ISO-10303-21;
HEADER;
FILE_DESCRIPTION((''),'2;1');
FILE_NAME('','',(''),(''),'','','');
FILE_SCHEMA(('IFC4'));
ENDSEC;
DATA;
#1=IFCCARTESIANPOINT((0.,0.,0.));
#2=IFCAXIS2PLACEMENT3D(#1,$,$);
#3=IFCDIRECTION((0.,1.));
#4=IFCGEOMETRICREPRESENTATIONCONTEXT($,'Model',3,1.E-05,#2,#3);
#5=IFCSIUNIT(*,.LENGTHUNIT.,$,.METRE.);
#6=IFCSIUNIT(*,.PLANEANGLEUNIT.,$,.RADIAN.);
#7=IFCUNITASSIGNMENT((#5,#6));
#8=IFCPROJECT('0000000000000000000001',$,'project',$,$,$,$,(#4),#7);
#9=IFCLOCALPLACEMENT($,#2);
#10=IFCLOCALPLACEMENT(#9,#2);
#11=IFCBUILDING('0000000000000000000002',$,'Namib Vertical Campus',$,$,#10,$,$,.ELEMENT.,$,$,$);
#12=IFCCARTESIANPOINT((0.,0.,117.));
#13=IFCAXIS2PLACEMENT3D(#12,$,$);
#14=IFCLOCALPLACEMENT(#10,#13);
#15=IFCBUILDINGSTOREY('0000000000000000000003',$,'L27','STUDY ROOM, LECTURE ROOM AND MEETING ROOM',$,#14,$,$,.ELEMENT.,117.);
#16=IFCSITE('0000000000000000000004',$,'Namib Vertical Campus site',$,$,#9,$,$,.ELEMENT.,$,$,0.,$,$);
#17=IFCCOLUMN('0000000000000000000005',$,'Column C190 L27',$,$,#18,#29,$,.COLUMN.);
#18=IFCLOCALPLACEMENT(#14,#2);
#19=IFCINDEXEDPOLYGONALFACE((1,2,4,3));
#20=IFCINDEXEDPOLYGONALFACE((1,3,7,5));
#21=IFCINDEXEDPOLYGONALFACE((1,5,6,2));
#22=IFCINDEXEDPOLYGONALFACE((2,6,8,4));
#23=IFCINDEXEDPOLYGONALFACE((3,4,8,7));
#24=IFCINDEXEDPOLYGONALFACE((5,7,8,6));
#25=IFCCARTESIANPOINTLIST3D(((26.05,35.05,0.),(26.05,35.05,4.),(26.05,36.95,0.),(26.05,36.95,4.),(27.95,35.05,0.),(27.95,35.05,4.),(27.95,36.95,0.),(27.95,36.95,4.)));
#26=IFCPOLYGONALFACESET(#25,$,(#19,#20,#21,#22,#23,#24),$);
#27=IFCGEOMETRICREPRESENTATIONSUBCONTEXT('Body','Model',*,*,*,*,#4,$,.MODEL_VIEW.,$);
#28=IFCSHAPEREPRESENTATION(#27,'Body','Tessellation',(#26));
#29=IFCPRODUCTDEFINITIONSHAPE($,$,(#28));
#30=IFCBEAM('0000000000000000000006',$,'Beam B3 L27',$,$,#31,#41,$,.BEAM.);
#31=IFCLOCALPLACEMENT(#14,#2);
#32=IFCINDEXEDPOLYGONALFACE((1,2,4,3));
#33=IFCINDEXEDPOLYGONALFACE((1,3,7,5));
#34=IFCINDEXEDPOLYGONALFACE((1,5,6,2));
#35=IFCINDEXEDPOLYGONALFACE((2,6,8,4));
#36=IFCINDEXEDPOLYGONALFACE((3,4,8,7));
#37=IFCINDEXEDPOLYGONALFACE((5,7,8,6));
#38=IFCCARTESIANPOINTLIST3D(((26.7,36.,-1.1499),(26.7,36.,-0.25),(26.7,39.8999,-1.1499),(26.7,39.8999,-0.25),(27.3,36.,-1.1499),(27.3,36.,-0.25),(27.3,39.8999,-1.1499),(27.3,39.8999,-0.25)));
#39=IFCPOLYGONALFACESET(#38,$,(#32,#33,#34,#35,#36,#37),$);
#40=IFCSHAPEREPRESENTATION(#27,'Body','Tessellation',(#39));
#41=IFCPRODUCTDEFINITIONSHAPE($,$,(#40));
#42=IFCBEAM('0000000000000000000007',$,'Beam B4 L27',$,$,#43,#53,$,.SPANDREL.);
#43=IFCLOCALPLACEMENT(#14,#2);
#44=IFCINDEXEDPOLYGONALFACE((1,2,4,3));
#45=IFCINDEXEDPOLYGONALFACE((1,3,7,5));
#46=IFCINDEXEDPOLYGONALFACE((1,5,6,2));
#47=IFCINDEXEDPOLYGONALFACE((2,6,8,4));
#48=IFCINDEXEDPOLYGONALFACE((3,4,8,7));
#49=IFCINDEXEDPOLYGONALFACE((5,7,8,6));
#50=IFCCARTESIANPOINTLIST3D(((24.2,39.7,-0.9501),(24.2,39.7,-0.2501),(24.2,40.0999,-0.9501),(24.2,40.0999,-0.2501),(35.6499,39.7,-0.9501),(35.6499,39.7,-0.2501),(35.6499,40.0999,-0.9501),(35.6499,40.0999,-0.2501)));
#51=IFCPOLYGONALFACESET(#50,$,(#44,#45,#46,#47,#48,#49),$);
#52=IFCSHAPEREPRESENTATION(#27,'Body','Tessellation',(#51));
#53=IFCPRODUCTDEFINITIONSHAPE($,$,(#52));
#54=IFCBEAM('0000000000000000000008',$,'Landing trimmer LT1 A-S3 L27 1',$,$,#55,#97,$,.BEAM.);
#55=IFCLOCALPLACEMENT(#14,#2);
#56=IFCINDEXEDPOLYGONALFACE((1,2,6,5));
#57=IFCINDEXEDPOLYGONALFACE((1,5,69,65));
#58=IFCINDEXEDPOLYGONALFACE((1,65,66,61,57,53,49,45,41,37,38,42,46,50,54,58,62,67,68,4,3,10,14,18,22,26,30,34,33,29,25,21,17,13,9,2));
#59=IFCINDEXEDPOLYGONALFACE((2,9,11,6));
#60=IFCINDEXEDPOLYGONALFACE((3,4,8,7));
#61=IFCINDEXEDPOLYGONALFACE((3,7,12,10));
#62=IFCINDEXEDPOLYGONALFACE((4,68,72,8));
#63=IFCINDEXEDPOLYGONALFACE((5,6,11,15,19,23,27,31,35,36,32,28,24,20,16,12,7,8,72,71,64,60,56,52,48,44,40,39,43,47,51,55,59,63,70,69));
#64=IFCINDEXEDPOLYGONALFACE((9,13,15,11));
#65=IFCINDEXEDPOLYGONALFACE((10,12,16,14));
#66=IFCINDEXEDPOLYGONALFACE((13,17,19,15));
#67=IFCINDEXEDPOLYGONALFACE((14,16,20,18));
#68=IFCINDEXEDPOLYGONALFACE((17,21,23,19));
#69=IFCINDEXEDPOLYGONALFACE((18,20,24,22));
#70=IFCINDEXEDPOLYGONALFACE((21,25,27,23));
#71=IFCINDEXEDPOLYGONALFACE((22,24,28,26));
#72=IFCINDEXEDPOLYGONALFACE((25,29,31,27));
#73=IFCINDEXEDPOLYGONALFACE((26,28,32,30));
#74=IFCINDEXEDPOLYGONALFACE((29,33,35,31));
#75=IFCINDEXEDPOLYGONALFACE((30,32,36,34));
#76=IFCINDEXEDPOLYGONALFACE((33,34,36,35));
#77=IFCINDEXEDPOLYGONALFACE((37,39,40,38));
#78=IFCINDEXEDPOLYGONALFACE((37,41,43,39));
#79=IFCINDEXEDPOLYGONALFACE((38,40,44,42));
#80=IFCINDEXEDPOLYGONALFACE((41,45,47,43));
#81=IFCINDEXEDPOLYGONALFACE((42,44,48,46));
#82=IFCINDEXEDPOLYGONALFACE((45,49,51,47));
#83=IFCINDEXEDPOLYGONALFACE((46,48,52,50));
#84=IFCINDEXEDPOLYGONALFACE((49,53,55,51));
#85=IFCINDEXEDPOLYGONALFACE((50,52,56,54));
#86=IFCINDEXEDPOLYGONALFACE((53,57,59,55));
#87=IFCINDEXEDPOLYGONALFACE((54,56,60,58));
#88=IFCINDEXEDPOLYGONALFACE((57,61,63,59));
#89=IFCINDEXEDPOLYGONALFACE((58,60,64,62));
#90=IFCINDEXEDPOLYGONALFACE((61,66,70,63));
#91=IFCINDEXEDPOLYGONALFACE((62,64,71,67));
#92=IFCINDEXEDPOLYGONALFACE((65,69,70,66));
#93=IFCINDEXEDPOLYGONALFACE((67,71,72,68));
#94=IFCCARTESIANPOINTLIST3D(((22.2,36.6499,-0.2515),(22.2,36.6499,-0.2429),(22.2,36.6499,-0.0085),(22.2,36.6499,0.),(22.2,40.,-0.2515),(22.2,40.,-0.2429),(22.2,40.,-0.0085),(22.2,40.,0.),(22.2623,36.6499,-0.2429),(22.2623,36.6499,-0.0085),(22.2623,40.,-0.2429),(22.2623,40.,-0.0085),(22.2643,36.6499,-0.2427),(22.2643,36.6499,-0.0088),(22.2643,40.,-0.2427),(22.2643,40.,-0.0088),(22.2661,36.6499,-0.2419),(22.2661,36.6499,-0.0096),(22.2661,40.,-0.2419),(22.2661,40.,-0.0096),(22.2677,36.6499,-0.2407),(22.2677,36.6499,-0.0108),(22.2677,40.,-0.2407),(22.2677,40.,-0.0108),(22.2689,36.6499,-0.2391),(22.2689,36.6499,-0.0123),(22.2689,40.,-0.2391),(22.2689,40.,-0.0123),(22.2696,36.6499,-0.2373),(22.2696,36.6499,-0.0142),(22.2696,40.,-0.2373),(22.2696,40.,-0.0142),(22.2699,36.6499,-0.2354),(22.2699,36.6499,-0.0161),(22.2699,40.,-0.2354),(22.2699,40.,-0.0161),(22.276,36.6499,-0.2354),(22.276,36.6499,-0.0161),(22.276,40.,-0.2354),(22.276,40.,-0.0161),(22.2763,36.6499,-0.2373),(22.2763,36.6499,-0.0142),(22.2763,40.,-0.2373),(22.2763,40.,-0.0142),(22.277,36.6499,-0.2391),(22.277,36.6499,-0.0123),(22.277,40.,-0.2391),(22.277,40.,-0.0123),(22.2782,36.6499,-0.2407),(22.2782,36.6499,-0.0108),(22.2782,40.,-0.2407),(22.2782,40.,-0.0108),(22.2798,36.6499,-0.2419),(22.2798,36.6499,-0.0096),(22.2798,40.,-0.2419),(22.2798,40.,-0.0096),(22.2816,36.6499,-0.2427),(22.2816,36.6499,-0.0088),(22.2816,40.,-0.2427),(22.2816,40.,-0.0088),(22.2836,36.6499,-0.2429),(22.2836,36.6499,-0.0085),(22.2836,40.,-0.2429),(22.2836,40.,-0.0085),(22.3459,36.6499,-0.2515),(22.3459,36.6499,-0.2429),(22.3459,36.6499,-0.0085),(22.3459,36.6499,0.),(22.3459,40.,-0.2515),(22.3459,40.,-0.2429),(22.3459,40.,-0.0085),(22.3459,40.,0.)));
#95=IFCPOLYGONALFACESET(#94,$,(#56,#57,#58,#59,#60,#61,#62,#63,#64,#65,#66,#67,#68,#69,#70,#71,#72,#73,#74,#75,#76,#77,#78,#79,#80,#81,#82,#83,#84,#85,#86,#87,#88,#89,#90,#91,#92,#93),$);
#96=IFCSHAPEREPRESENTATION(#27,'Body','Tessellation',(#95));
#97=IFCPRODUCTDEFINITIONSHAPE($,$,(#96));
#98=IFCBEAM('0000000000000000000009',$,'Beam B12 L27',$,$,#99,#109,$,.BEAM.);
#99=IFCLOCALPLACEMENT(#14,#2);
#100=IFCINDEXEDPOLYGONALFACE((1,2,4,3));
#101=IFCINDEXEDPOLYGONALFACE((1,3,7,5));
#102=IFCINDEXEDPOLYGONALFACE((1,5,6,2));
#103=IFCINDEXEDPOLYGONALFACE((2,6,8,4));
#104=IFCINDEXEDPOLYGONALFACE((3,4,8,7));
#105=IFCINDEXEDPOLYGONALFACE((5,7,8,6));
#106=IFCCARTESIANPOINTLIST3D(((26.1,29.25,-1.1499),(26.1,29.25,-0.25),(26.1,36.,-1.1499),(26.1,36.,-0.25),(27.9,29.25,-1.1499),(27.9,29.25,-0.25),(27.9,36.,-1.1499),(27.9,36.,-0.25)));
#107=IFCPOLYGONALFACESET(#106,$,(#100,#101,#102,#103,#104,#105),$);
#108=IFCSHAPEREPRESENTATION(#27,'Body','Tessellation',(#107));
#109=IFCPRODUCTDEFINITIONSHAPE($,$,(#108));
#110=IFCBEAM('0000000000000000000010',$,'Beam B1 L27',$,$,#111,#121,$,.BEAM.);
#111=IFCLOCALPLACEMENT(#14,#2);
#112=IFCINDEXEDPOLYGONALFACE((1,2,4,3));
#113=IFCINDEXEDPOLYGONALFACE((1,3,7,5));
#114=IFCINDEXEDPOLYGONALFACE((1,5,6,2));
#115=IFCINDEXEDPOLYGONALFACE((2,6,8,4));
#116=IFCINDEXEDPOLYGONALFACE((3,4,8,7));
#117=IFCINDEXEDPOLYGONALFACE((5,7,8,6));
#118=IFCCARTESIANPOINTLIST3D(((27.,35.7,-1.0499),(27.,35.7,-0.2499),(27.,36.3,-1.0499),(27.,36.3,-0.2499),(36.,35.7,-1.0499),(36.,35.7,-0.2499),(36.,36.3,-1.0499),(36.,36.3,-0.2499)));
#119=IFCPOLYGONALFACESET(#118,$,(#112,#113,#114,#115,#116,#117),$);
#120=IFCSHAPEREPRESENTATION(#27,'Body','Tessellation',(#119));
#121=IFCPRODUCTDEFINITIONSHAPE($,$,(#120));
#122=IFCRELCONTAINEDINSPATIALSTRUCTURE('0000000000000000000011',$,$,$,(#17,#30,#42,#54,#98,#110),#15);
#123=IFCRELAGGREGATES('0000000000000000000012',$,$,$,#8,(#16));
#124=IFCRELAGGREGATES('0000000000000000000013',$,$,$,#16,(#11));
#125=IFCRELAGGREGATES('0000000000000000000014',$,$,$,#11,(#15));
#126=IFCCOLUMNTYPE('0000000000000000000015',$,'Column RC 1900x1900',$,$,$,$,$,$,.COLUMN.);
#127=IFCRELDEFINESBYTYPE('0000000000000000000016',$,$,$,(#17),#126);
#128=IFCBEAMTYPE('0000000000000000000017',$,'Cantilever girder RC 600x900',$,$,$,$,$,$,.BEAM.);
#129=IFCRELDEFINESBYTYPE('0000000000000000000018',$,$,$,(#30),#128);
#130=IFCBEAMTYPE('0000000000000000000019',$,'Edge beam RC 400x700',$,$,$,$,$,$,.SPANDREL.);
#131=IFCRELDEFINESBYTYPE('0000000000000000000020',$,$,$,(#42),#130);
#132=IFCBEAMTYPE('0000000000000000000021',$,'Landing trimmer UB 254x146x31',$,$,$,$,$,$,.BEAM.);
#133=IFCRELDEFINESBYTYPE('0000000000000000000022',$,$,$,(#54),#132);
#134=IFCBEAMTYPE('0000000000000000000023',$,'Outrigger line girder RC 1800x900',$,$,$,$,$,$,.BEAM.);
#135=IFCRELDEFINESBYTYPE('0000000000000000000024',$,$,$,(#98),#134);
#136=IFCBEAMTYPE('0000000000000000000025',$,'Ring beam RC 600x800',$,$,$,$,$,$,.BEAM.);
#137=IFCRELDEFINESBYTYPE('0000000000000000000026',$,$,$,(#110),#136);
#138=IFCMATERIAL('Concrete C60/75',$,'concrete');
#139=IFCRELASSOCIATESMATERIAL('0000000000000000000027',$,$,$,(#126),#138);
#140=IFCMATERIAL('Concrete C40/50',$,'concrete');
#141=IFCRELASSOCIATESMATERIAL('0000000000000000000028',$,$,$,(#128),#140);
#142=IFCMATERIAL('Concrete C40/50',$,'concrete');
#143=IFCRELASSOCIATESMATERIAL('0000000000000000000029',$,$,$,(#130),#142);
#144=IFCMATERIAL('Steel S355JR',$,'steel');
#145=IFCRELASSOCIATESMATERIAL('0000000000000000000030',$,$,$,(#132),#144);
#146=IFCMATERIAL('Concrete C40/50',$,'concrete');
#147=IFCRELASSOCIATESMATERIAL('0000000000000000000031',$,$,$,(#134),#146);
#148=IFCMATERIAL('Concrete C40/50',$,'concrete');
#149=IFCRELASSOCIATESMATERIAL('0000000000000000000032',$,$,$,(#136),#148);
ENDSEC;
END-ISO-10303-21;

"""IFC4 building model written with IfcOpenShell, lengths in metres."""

from ifc_helpers import new_model, si_unit, direction, frame, origin, origin_2d, place, context, subcontext, project, spatial, rectangle, i_section, extrude, material, material_profile, profile_set, type_object, element, save


model = new_model("IFC4")

# Units and contexts
model_context = context("Model", 3, precision=1e-05, world=origin(), true_north=direction((0.0, 1.0)))
body_context = subcontext(model_context, "Body", "Model", "MODEL_VIEW")
ifc_project = project(units=[si_unit("LENGTHUNIT", "METRE"), si_unit("PLANEANGLEUNIT", "RADIAN")], contexts=[model_context])

# Site, building, storey
site_placement = place(None, origin())
site = spatial("IfcSite", under=ifc_project, at=site_placement, Name="Namib Vertical Campus site", CompositionType="ELEMENT", RefElevation=0.0)
building_placement = place(site_placement, origin())
building = spatial("IfcBuilding", under=site, at=building_placement, Name="Namib Vertical Campus", CompositionType="ELEMENT")
storey_placement = place(building_placement, frame((0.0, 0.0, 117.0)))
storey = spatial("IfcBuildingStorey", under=building, at=storey_placement, Name="L27", Description="STUDY ROOM, LECTURE ROOM AND MEETING ROOM", CompositionType="ELEMENT", Elevation=117.0)

# Column
ifc_material_1 = material(Name="Concrete C60/75", Category="concrete")
ifc_material_profile_1 = material_profile(ifc_material_1, rectangle(XDim=1.8999, YDim=1.8999, at=origin_2d()))
ifc_profile_set_1 = profile_set([ifc_material_profile_1], Name="Concrete C60/75")
column_type = type_object("IfcColumnType", Name="Column RC 1900x1900", PredefinedType="COLUMN", material=ifc_profile_set_1)
column_placement = place(storey_placement, frame((27.0, 36.0, 0.0), z_axis=(0.0, 0.0, 1.0), x_axis=(1.0, 0.0, 0.0)))
element("IfcColumn", 1, at=column_placement, inside=storey, type_object=column_type, Name="Column C190 L27", PredefinedType="COLUMN", context=body_context, shape_type="SweptSolid", body=[
    extrude(rectangle(XDim=1.8999, YDim=1.8999, at=origin_2d()), origin(), (0.0, 0.0, 1.0), 4.0),
])

# Beams
ifc_material_2 = material(Name="Concrete C40/50", Category="concrete")
ifc_material_profile_2 = material_profile(ifc_material_2, rectangle(XDim=0.6001, YDim=0.8999, at=origin_2d()))
ifc_profile_set_2 = profile_set([ifc_material_profile_2], Name="Concrete C40/50")
beam_type_1 = type_object("IfcBeamType", Name="Cantilever girder RC 600x900", PredefinedType="BEAM", material=ifc_profile_set_2)
beam_1_placement = place(storey_placement, frame((27.0, 36.0, -0.7), z_axis=(0.0, 1.0, 0.0), x_axis=(-1.0, 0.0, 0.0)))
element("IfcBeam", 2, at=beam_1_placement, inside=storey, type_object=beam_type_1, Name="Beam B3 L27", PredefinedType="BEAM", context=body_context, shape_type="SweptSolid", body=[
    extrude(rectangle(XDim=0.6001, YDim=0.8999, at=origin_2d()), origin(), (0.0, 0.0, 1.0), 3.8999),
])
ifc_material_3 = material(Name="Concrete C40/50", Category="concrete")
ifc_material_profile_3 = material_profile(ifc_material_3, rectangle(XDim=0.3999, YDim=0.7, at=origin_2d()))
ifc_profile_set_3 = profile_set([ifc_material_profile_3], Name="Concrete C40/50")
beam_type_2 = type_object("IfcBeamType", Name="Edge beam RC 400x700", PredefinedType="SPANDREL", material=ifc_profile_set_3)
beam_2_placement = place(storey_placement, frame((24.2, 39.8999, -0.6001), z_axis=(1.0, 0.0, 0.0), x_axis=(0.0, 1.0, 0.0)))
element("IfcBeam", 3, at=beam_2_placement, inside=storey, type_object=beam_type_2, Name="Beam B4 L27", PredefinedType="SPANDREL", context=body_context, shape_type="SweptSolid", body=[
    extrude(rectangle(XDim=0.3999, YDim=0.7, at=origin_2d()), origin(), (0.0, 0.0, 1.0), 11.45),
])
ifc_material_4 = material(Name="Steel S355JR", Category="steel")
ifc_material_profile_4 = material_profile(ifc_material_4, i_section(OverallWidth=0.146, OverallDepth=0.2515, WebThickness=0.0061, FlangeThickness=0.0085, FilletRadius=0.0076, at=origin_2d()))
ifc_profile_set_4 = profile_set([ifc_material_profile_4], Name="Steel S355JR")
beam_type_3 = type_object("IfcBeamType", Name="Landing trimmer UB 254x146x31", PredefinedType="BEAM", material=ifc_profile_set_4)
beam_3_placement = place(storey_placement, frame((22.2729, 36.6499, -0.1257), z_axis=(0.0, 1.0, 0.0), x_axis=(-1.0, 0.0, 0.0)))
element("IfcBeam", 4, at=beam_3_placement, inside=storey, type_object=beam_type_3, Name="Landing trimmer LT1 A-S3 L27 1", PredefinedType="BEAM", context=body_context, shape_type="SweptSolid", body=[
    extrude(i_section(OverallWidth=0.146, OverallDepth=0.2515, WebThickness=0.0061, FlangeThickness=0.0085, FilletRadius=0.0076, at=origin_2d()), origin(), (0.0, 0.0, 1.0), 3.3501),
])
ifc_material_5 = material(Name="Concrete C40/50", Category="concrete")
ifc_material_profile_5 = material_profile(ifc_material_5, rectangle(XDim=1.8, YDim=0.8999, at=origin_2d()))
ifc_profile_set_5 = profile_set([ifc_material_profile_5], Name="Concrete C40/50")
beam_type_4 = type_object("IfcBeamType", Name="Outrigger line girder RC 1800x900", PredefinedType="BEAM", material=ifc_profile_set_5)
beam_4_placement = place(storey_placement, frame((27.0, 36.0, -0.7), z_axis=(0.0, -1.0, 0.0), x_axis=(1.0, 0.0, 0.0)))
element("IfcBeam", 5, at=beam_4_placement, inside=storey, type_object=beam_type_4, Name="Beam B12 L27", PredefinedType="BEAM", context=body_context, shape_type="SweptSolid", body=[
    extrude(rectangle(XDim=1.8, YDim=0.8999, at=origin_2d()), origin(), (0.0, 0.0, 1.0), 6.75),
])
ifc_material_6 = material(Name="Concrete C40/50", Category="concrete")
ifc_material_profile_6 = material_profile(ifc_material_6, rectangle(XDim=0.6001, YDim=0.8, at=origin_2d()))
ifc_profile_set_6 = profile_set([ifc_material_profile_6], Name="Concrete C40/50")
beam_type_5 = type_object("IfcBeamType", Name="Ring beam RC 600x800", PredefinedType="BEAM", material=ifc_profile_set_6)
beam_5_placement = place(storey_placement, frame((27.0, 36.0, -0.6499), z_axis=(1.0, 0.0, 0.0), x_axis=(0.0, 1.0, 0.0)))
element("IfcBeam", 6, at=beam_5_placement, inside=storey, type_object=beam_type_5, Name="Beam B1 L27", PredefinedType="BEAM", context=body_context, shape_type="SweptSolid", body=[
    extrude(rectangle(XDim=0.6001, YDim=0.8, at=origin_2d()), origin(), (0.0, 0.0, 1.0), 9.0),
])

save(model, "model.ifc")
